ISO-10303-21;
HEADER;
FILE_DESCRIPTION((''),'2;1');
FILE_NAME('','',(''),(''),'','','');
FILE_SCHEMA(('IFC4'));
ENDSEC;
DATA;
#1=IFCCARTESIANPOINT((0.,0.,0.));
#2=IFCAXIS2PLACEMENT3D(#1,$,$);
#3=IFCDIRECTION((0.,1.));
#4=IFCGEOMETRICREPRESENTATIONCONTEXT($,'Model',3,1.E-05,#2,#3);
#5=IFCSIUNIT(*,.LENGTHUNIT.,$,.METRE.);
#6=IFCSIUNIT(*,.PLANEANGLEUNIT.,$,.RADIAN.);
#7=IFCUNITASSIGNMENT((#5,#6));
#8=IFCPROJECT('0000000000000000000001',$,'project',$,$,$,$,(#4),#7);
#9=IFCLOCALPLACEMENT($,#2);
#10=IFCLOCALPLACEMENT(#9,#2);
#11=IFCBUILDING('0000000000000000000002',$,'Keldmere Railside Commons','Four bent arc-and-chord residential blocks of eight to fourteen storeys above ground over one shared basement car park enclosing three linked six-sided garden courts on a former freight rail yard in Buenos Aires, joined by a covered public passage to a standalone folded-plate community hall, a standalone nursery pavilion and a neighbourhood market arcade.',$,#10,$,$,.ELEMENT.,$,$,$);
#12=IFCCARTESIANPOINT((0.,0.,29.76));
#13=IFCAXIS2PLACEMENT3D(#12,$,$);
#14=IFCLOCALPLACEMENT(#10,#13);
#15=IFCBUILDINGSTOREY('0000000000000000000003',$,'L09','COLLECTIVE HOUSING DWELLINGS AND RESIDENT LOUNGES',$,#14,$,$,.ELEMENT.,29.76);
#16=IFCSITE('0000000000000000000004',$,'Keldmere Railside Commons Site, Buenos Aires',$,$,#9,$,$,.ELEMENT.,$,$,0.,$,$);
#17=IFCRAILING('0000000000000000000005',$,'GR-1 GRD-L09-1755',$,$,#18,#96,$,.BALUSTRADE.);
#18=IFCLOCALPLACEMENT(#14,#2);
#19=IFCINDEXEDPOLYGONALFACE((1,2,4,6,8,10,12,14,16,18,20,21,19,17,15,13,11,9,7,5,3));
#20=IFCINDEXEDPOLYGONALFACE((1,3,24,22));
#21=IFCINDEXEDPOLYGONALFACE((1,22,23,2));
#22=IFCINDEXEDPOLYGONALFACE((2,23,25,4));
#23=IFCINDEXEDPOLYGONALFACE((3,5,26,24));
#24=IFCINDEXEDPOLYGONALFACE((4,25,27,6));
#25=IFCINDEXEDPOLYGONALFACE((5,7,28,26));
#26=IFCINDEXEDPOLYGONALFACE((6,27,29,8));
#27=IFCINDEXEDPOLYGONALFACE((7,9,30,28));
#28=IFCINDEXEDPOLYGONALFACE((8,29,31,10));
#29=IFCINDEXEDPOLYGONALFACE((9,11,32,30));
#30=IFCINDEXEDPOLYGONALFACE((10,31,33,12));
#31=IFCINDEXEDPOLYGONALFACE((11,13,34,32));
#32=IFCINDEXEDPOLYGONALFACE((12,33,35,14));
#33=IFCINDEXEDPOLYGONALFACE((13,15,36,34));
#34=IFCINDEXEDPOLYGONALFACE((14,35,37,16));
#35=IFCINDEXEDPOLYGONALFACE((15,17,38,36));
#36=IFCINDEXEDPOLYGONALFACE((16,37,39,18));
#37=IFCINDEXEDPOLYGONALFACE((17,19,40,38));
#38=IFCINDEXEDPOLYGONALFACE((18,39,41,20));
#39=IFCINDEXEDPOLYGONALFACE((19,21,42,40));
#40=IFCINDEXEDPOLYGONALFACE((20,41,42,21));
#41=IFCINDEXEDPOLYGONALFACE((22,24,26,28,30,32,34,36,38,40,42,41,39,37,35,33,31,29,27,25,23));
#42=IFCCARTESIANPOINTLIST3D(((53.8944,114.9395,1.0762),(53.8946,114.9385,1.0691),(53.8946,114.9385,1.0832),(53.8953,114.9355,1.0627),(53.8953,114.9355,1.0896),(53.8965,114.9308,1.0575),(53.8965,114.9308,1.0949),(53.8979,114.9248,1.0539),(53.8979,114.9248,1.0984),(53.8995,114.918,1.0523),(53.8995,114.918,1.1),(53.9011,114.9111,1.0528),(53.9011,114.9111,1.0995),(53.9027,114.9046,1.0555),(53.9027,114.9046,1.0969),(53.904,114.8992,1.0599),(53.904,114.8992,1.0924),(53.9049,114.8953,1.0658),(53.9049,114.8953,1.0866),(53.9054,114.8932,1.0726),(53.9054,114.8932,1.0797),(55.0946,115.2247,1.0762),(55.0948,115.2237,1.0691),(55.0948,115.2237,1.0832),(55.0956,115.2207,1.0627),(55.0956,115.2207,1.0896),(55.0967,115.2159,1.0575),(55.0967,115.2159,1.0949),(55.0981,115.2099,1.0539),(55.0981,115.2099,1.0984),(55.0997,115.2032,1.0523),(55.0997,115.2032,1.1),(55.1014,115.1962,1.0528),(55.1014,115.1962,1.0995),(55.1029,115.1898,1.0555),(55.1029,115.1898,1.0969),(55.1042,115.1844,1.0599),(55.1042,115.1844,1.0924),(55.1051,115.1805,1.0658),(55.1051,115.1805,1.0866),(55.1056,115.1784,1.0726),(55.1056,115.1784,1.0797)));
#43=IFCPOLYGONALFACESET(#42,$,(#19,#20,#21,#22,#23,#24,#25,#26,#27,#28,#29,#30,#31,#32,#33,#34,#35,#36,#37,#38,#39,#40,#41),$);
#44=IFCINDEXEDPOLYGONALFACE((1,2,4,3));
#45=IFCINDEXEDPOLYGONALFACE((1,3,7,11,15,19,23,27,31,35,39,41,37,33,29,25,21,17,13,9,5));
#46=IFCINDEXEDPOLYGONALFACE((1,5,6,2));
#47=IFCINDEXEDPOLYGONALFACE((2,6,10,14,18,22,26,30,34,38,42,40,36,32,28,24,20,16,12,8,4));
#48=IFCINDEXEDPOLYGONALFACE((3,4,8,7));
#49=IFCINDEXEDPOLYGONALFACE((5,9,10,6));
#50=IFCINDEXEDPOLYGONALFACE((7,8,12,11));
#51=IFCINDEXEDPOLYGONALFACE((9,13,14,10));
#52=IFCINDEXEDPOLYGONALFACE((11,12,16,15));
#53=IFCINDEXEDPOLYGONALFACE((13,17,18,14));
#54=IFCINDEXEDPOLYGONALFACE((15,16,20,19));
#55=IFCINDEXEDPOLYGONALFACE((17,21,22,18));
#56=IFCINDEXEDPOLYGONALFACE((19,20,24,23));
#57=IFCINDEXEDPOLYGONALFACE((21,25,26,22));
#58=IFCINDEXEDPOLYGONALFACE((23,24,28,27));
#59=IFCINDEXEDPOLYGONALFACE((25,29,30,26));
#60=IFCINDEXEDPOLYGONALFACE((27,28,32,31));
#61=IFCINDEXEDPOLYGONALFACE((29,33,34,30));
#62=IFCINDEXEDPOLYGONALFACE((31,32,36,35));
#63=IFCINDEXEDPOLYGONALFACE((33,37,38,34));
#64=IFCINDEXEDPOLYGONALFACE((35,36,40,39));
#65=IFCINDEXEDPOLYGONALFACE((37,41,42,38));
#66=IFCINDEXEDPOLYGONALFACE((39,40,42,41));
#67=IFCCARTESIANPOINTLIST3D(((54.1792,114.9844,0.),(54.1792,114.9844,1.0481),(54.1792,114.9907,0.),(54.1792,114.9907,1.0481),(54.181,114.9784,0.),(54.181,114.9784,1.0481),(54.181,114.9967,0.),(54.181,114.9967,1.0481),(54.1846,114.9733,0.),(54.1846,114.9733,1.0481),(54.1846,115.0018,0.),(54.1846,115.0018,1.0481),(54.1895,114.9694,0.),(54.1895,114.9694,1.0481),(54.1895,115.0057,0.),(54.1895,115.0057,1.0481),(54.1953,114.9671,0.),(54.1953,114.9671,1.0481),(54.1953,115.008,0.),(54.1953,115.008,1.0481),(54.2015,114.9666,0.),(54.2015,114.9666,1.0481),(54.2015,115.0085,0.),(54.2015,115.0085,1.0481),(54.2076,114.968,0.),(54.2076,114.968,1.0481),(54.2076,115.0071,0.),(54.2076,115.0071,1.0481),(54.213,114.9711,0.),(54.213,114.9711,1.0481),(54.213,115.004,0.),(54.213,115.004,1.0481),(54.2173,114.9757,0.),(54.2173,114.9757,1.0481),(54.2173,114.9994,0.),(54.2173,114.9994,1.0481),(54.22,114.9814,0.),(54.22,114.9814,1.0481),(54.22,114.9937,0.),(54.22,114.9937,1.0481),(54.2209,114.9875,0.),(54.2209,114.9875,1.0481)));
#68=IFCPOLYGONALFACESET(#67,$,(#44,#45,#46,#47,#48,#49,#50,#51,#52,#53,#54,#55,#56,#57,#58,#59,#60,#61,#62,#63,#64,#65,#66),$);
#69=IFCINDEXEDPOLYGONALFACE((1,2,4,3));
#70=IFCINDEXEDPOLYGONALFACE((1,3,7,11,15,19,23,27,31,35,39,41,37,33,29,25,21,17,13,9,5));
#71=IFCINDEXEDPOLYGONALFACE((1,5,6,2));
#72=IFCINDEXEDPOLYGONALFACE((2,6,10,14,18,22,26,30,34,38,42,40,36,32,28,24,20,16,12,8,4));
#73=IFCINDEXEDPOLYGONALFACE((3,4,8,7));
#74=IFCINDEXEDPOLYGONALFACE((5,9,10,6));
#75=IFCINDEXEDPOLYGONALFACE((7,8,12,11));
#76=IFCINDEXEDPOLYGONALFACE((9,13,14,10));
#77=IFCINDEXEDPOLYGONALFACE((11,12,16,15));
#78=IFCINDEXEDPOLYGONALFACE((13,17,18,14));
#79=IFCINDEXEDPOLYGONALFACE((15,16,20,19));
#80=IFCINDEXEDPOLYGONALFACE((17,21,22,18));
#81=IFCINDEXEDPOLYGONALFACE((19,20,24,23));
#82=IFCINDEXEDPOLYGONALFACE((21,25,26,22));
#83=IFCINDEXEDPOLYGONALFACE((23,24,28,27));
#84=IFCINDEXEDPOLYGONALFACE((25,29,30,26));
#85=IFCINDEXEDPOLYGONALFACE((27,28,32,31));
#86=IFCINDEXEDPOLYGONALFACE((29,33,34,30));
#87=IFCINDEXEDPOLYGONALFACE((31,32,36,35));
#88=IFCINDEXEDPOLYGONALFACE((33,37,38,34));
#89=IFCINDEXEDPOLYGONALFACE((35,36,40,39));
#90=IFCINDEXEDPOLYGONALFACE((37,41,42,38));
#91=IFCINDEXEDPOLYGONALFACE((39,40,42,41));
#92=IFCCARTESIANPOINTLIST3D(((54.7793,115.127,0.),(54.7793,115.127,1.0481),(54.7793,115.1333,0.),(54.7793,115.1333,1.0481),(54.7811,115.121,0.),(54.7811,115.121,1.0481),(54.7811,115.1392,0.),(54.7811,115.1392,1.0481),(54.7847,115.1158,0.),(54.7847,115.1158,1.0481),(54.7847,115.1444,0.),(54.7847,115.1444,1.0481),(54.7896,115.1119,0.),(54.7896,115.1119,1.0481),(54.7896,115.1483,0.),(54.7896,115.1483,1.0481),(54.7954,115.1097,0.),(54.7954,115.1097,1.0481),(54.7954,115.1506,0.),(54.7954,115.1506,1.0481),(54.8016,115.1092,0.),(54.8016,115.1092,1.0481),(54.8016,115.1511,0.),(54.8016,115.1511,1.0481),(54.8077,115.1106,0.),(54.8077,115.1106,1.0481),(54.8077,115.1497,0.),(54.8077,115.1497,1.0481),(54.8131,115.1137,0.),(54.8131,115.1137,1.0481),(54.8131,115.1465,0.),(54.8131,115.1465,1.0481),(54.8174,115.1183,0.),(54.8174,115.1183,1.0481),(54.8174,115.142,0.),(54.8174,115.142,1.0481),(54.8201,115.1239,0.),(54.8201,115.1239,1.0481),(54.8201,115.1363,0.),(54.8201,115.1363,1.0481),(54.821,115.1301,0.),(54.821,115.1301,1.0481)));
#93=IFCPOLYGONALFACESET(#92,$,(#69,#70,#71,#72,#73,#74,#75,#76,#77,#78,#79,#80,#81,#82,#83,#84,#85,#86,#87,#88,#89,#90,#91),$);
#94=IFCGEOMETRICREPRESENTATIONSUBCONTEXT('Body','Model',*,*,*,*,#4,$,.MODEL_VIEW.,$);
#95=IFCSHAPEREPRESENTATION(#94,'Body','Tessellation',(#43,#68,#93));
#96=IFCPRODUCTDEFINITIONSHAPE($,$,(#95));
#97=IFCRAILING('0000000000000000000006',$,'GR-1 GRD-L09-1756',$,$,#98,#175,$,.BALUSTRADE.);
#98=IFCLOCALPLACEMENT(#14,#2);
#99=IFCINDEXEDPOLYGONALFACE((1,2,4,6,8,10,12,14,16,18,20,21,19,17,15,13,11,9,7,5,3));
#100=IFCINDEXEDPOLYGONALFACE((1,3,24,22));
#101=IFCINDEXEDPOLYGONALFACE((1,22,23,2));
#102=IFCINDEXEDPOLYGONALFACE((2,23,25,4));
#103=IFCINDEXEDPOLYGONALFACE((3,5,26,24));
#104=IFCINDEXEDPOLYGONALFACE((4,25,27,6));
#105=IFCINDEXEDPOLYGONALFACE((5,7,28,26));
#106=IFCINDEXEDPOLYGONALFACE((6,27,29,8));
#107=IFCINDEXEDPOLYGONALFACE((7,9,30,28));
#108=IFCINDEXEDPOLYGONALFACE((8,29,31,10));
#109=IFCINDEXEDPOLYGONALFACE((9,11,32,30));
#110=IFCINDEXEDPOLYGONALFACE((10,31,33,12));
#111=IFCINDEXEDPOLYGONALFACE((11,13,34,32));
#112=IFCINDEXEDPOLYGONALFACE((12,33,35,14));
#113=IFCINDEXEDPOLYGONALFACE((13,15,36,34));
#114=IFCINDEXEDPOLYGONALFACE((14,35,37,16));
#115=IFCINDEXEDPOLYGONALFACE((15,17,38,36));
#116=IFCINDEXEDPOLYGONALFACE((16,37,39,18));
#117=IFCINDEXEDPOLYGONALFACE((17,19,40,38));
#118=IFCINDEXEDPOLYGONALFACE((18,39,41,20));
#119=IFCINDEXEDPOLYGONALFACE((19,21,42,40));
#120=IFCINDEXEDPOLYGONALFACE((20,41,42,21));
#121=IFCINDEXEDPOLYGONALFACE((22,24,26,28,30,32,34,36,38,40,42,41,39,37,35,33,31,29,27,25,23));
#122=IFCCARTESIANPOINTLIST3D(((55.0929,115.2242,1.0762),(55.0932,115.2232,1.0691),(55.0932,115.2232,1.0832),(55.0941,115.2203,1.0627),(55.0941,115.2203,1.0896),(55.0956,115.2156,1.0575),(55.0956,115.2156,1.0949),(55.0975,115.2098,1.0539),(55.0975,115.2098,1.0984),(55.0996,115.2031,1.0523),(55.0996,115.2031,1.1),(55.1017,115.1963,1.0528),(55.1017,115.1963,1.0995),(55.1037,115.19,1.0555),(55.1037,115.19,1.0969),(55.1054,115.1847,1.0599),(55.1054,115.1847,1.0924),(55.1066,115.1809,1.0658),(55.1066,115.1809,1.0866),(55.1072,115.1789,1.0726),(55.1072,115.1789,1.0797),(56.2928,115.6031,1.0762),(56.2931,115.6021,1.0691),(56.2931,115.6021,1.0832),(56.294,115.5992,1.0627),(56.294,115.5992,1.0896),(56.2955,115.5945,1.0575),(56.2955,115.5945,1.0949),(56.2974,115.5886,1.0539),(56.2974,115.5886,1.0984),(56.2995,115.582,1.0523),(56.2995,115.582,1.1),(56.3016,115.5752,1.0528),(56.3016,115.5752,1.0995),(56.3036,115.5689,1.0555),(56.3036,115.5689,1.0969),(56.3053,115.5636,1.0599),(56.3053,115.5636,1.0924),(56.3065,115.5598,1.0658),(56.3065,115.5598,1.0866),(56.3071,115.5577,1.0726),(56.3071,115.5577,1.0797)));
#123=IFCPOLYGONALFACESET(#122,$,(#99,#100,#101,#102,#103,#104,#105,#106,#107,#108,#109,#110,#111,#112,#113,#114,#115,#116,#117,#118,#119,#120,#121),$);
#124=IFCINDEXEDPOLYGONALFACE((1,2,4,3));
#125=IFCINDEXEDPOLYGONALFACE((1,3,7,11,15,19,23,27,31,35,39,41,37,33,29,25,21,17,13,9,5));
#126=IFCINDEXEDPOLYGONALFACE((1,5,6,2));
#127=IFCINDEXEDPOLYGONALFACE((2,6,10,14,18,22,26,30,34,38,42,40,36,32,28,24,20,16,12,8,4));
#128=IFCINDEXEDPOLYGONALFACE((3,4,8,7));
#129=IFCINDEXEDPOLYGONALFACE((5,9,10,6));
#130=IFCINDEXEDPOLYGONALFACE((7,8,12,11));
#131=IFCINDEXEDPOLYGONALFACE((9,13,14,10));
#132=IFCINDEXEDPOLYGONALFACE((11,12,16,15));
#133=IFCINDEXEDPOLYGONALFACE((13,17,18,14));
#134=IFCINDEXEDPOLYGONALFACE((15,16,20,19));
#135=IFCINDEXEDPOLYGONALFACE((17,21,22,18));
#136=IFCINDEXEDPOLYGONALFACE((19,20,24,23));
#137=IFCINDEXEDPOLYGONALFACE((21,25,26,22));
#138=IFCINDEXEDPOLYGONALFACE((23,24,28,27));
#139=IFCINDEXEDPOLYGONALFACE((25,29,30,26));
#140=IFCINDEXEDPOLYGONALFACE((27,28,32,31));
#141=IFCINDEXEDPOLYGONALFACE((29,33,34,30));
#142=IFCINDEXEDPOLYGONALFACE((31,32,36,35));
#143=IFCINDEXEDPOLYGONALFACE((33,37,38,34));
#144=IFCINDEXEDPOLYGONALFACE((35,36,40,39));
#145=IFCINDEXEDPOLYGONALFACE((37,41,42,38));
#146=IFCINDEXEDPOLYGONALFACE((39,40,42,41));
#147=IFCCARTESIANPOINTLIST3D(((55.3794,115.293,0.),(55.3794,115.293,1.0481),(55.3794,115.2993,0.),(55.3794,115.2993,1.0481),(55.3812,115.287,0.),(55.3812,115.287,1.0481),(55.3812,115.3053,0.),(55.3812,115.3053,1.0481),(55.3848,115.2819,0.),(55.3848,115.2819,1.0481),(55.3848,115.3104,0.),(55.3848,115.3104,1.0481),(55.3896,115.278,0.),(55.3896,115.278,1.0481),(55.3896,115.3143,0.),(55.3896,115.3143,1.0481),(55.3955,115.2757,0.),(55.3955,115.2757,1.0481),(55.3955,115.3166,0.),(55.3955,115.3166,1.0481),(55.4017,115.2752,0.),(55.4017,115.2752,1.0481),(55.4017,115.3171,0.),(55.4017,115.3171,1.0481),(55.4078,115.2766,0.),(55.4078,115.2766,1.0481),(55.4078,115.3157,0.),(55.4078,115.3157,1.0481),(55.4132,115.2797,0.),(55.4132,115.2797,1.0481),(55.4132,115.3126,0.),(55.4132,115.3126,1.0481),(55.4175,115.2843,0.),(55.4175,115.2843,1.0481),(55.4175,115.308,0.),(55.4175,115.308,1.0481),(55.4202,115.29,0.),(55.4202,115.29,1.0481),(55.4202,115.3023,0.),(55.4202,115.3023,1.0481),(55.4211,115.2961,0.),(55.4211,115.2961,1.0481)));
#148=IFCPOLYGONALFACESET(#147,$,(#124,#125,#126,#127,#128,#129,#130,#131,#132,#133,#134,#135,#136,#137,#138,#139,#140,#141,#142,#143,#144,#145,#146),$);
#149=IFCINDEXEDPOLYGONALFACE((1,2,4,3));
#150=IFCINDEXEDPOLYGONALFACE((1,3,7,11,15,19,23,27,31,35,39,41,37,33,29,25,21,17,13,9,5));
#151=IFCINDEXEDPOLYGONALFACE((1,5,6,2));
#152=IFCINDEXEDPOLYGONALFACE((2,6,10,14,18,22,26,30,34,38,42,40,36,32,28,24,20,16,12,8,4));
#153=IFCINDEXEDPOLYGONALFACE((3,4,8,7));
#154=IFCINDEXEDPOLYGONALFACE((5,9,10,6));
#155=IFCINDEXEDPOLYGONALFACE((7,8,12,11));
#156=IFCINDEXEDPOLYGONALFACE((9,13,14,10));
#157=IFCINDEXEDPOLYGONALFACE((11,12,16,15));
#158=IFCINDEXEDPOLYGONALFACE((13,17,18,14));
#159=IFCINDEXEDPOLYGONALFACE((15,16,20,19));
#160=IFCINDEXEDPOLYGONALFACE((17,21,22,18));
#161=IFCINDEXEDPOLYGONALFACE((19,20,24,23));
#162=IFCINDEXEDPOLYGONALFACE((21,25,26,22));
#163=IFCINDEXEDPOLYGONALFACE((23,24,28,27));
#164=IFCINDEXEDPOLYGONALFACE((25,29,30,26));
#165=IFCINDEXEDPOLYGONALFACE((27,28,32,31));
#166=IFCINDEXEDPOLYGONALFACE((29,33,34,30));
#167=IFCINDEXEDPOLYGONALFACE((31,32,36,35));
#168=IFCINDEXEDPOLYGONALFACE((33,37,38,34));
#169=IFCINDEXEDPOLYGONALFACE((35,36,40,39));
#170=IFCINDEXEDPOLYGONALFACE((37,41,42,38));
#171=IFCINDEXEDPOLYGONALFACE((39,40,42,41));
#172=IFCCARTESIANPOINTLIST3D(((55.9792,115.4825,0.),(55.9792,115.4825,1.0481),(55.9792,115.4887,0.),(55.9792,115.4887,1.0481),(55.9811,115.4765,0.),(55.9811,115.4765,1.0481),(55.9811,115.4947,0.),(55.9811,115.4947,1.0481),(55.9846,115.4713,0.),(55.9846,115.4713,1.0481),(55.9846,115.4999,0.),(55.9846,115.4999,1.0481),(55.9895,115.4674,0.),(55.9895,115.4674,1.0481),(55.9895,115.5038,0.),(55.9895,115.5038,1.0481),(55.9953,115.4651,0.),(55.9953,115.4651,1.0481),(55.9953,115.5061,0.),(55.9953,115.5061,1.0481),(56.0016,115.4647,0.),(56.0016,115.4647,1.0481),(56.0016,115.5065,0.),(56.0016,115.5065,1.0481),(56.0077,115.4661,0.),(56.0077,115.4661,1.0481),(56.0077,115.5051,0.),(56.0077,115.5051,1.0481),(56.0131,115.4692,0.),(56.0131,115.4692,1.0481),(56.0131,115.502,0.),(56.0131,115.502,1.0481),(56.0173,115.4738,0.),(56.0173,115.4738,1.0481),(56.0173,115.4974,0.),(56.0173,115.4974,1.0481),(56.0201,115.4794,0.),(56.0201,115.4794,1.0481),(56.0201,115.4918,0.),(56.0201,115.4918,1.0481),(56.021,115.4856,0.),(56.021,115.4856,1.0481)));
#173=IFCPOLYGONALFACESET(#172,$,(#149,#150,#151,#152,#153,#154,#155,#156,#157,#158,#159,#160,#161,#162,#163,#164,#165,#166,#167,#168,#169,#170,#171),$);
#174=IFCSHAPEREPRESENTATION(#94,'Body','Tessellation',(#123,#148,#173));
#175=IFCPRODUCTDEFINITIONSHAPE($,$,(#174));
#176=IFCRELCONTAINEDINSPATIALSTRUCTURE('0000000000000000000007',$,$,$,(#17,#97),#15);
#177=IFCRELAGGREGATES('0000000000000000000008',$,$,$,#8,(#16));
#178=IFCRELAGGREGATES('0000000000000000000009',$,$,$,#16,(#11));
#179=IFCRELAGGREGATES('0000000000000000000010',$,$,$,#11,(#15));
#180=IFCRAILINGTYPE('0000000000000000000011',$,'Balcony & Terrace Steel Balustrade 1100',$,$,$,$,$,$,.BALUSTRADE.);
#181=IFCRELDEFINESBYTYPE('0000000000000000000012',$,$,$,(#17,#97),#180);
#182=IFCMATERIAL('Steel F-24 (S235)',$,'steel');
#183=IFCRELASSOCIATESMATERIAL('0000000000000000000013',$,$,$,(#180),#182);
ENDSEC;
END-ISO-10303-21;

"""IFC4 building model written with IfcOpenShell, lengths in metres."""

from ifc_helpers import new_model, si_unit, direction, frame, origin, origin_2d, place, context, subcontext, project, spatial, circle, extrude, material, type_object, element, save


model = new_model("IFC4")

# Units and contexts
model_context = context("Model", 3, precision=1e-05, world=origin(), true_north=direction((0.0, 1.0)))
body_context = subcontext(model_context, "Body", "Model", "MODEL_VIEW")
ifc_project = project(units=[si_unit("LENGTHUNIT", "METRE"), si_unit("PLANEANGLEUNIT", "RADIAN")], contexts=[model_context])

# Site, building, storey
site_placement = place(None, origin())
site = spatial("IfcSite", under=ifc_project, at=site_placement, Name="Keldmere Railside Commons Site, Buenos Aires", CompositionType="ELEMENT", RefElevation=0.0)
building_placement = place(site_placement, origin())
building = spatial("IfcBuilding", under=site, at=building_placement, Name="Keldmere Railside Commons", Description="Four bent arc-and-chord residential blocks of eight to fourteen storeys above ground over one shared basement car park enclosing three linked six-sided garden courts on a former freight rail yard in Buenos Aires, joined by a covered public passage to a standalone folded-plate community hall, a standalone nursery pavilion and a neighbourhood market arcade.", CompositionType="ELEMENT")
storey_placement = place(building_placement, frame((0.0, 0.0, 29.76)))
storey = spatial("IfcBuildingStorey", under=building, at=storey_placement, Name="L09", Description="COLLECTIVE HOUSING DWELLINGS AND RESIDENT LOUNGES", CompositionType="ELEMENT", Elevation=29.76)

# Shared definitions
ifc_material_1 = material(Name="Steel F-24 (S235)", Category="steel")

# Railings
railing_type = type_object("IfcRailingType", Name="Balcony & Terrace Steel Balustrade 1100", PredefinedType="BALUSTRADE", material=ifc_material_1)
railing_1_placement = place(storey_placement, frame((53.8999, 114.9163, 0.0)))
element("IfcRailing", 1, at=railing_1_placement, inside=storey, type_object=railing_type, Name="GR-1 GRD-L09-1755", PredefinedType="BALUSTRADE", context=body_context, shape_type="SweptSolid", body=[
    extrude(circle(Radius=0.0239, at=origin_2d()), frame((0.0, 0.0, 1.0762), z_axis=(0.972917, 0.231157, 0.0), x_axis=(-0.231157, 0.972917, 0.0)), (0.0, 0.0, 1.0), 1.2336),
    extrude(circle(Radius=0.021, at=origin_2d()), frame((0.3, 0.0713, 0.0)), (0.0, 0.0, 1.0), 1.0481),
    extrude(circle(Radius=0.021, at=origin_2d()), frame((0.9001, 0.2139, 0.0)), (0.0, 0.0, 1.0), 1.0481),
])
railing_2_placement = place(storey_placement, frame((55.1001, 115.2014, 0.0)))
element("IfcRailing", 2, at=railing_2_placement, inside=storey, type_object=railing_type, Name="GR-1 GRD-L09-1756", PredefinedType="BALUSTRADE", context=body_context, shape_type="SweptSolid", body=[
    extrude(circle(Radius=0.0239, at=origin_2d()), frame((0.0, 0.0, 1.0762), z_axis=(0.953589, 0.301113, 0.0), x_axis=(-0.301113, 0.953589, 0.0)), (0.0, 0.0, 1.0), 1.2583),
    extrude(circle(Radius=0.021, at=origin_2d()), frame((0.3, 0.0947, 0.0)), (0.0, 0.0, 1.0), 1.0481),
    extrude(circle(Radius=0.021, at=origin_2d()), frame((0.8999, 0.2842, 0.0)), (0.0, 0.0, 1.0), 1.0481),
])

save(model, "model.ifc")
